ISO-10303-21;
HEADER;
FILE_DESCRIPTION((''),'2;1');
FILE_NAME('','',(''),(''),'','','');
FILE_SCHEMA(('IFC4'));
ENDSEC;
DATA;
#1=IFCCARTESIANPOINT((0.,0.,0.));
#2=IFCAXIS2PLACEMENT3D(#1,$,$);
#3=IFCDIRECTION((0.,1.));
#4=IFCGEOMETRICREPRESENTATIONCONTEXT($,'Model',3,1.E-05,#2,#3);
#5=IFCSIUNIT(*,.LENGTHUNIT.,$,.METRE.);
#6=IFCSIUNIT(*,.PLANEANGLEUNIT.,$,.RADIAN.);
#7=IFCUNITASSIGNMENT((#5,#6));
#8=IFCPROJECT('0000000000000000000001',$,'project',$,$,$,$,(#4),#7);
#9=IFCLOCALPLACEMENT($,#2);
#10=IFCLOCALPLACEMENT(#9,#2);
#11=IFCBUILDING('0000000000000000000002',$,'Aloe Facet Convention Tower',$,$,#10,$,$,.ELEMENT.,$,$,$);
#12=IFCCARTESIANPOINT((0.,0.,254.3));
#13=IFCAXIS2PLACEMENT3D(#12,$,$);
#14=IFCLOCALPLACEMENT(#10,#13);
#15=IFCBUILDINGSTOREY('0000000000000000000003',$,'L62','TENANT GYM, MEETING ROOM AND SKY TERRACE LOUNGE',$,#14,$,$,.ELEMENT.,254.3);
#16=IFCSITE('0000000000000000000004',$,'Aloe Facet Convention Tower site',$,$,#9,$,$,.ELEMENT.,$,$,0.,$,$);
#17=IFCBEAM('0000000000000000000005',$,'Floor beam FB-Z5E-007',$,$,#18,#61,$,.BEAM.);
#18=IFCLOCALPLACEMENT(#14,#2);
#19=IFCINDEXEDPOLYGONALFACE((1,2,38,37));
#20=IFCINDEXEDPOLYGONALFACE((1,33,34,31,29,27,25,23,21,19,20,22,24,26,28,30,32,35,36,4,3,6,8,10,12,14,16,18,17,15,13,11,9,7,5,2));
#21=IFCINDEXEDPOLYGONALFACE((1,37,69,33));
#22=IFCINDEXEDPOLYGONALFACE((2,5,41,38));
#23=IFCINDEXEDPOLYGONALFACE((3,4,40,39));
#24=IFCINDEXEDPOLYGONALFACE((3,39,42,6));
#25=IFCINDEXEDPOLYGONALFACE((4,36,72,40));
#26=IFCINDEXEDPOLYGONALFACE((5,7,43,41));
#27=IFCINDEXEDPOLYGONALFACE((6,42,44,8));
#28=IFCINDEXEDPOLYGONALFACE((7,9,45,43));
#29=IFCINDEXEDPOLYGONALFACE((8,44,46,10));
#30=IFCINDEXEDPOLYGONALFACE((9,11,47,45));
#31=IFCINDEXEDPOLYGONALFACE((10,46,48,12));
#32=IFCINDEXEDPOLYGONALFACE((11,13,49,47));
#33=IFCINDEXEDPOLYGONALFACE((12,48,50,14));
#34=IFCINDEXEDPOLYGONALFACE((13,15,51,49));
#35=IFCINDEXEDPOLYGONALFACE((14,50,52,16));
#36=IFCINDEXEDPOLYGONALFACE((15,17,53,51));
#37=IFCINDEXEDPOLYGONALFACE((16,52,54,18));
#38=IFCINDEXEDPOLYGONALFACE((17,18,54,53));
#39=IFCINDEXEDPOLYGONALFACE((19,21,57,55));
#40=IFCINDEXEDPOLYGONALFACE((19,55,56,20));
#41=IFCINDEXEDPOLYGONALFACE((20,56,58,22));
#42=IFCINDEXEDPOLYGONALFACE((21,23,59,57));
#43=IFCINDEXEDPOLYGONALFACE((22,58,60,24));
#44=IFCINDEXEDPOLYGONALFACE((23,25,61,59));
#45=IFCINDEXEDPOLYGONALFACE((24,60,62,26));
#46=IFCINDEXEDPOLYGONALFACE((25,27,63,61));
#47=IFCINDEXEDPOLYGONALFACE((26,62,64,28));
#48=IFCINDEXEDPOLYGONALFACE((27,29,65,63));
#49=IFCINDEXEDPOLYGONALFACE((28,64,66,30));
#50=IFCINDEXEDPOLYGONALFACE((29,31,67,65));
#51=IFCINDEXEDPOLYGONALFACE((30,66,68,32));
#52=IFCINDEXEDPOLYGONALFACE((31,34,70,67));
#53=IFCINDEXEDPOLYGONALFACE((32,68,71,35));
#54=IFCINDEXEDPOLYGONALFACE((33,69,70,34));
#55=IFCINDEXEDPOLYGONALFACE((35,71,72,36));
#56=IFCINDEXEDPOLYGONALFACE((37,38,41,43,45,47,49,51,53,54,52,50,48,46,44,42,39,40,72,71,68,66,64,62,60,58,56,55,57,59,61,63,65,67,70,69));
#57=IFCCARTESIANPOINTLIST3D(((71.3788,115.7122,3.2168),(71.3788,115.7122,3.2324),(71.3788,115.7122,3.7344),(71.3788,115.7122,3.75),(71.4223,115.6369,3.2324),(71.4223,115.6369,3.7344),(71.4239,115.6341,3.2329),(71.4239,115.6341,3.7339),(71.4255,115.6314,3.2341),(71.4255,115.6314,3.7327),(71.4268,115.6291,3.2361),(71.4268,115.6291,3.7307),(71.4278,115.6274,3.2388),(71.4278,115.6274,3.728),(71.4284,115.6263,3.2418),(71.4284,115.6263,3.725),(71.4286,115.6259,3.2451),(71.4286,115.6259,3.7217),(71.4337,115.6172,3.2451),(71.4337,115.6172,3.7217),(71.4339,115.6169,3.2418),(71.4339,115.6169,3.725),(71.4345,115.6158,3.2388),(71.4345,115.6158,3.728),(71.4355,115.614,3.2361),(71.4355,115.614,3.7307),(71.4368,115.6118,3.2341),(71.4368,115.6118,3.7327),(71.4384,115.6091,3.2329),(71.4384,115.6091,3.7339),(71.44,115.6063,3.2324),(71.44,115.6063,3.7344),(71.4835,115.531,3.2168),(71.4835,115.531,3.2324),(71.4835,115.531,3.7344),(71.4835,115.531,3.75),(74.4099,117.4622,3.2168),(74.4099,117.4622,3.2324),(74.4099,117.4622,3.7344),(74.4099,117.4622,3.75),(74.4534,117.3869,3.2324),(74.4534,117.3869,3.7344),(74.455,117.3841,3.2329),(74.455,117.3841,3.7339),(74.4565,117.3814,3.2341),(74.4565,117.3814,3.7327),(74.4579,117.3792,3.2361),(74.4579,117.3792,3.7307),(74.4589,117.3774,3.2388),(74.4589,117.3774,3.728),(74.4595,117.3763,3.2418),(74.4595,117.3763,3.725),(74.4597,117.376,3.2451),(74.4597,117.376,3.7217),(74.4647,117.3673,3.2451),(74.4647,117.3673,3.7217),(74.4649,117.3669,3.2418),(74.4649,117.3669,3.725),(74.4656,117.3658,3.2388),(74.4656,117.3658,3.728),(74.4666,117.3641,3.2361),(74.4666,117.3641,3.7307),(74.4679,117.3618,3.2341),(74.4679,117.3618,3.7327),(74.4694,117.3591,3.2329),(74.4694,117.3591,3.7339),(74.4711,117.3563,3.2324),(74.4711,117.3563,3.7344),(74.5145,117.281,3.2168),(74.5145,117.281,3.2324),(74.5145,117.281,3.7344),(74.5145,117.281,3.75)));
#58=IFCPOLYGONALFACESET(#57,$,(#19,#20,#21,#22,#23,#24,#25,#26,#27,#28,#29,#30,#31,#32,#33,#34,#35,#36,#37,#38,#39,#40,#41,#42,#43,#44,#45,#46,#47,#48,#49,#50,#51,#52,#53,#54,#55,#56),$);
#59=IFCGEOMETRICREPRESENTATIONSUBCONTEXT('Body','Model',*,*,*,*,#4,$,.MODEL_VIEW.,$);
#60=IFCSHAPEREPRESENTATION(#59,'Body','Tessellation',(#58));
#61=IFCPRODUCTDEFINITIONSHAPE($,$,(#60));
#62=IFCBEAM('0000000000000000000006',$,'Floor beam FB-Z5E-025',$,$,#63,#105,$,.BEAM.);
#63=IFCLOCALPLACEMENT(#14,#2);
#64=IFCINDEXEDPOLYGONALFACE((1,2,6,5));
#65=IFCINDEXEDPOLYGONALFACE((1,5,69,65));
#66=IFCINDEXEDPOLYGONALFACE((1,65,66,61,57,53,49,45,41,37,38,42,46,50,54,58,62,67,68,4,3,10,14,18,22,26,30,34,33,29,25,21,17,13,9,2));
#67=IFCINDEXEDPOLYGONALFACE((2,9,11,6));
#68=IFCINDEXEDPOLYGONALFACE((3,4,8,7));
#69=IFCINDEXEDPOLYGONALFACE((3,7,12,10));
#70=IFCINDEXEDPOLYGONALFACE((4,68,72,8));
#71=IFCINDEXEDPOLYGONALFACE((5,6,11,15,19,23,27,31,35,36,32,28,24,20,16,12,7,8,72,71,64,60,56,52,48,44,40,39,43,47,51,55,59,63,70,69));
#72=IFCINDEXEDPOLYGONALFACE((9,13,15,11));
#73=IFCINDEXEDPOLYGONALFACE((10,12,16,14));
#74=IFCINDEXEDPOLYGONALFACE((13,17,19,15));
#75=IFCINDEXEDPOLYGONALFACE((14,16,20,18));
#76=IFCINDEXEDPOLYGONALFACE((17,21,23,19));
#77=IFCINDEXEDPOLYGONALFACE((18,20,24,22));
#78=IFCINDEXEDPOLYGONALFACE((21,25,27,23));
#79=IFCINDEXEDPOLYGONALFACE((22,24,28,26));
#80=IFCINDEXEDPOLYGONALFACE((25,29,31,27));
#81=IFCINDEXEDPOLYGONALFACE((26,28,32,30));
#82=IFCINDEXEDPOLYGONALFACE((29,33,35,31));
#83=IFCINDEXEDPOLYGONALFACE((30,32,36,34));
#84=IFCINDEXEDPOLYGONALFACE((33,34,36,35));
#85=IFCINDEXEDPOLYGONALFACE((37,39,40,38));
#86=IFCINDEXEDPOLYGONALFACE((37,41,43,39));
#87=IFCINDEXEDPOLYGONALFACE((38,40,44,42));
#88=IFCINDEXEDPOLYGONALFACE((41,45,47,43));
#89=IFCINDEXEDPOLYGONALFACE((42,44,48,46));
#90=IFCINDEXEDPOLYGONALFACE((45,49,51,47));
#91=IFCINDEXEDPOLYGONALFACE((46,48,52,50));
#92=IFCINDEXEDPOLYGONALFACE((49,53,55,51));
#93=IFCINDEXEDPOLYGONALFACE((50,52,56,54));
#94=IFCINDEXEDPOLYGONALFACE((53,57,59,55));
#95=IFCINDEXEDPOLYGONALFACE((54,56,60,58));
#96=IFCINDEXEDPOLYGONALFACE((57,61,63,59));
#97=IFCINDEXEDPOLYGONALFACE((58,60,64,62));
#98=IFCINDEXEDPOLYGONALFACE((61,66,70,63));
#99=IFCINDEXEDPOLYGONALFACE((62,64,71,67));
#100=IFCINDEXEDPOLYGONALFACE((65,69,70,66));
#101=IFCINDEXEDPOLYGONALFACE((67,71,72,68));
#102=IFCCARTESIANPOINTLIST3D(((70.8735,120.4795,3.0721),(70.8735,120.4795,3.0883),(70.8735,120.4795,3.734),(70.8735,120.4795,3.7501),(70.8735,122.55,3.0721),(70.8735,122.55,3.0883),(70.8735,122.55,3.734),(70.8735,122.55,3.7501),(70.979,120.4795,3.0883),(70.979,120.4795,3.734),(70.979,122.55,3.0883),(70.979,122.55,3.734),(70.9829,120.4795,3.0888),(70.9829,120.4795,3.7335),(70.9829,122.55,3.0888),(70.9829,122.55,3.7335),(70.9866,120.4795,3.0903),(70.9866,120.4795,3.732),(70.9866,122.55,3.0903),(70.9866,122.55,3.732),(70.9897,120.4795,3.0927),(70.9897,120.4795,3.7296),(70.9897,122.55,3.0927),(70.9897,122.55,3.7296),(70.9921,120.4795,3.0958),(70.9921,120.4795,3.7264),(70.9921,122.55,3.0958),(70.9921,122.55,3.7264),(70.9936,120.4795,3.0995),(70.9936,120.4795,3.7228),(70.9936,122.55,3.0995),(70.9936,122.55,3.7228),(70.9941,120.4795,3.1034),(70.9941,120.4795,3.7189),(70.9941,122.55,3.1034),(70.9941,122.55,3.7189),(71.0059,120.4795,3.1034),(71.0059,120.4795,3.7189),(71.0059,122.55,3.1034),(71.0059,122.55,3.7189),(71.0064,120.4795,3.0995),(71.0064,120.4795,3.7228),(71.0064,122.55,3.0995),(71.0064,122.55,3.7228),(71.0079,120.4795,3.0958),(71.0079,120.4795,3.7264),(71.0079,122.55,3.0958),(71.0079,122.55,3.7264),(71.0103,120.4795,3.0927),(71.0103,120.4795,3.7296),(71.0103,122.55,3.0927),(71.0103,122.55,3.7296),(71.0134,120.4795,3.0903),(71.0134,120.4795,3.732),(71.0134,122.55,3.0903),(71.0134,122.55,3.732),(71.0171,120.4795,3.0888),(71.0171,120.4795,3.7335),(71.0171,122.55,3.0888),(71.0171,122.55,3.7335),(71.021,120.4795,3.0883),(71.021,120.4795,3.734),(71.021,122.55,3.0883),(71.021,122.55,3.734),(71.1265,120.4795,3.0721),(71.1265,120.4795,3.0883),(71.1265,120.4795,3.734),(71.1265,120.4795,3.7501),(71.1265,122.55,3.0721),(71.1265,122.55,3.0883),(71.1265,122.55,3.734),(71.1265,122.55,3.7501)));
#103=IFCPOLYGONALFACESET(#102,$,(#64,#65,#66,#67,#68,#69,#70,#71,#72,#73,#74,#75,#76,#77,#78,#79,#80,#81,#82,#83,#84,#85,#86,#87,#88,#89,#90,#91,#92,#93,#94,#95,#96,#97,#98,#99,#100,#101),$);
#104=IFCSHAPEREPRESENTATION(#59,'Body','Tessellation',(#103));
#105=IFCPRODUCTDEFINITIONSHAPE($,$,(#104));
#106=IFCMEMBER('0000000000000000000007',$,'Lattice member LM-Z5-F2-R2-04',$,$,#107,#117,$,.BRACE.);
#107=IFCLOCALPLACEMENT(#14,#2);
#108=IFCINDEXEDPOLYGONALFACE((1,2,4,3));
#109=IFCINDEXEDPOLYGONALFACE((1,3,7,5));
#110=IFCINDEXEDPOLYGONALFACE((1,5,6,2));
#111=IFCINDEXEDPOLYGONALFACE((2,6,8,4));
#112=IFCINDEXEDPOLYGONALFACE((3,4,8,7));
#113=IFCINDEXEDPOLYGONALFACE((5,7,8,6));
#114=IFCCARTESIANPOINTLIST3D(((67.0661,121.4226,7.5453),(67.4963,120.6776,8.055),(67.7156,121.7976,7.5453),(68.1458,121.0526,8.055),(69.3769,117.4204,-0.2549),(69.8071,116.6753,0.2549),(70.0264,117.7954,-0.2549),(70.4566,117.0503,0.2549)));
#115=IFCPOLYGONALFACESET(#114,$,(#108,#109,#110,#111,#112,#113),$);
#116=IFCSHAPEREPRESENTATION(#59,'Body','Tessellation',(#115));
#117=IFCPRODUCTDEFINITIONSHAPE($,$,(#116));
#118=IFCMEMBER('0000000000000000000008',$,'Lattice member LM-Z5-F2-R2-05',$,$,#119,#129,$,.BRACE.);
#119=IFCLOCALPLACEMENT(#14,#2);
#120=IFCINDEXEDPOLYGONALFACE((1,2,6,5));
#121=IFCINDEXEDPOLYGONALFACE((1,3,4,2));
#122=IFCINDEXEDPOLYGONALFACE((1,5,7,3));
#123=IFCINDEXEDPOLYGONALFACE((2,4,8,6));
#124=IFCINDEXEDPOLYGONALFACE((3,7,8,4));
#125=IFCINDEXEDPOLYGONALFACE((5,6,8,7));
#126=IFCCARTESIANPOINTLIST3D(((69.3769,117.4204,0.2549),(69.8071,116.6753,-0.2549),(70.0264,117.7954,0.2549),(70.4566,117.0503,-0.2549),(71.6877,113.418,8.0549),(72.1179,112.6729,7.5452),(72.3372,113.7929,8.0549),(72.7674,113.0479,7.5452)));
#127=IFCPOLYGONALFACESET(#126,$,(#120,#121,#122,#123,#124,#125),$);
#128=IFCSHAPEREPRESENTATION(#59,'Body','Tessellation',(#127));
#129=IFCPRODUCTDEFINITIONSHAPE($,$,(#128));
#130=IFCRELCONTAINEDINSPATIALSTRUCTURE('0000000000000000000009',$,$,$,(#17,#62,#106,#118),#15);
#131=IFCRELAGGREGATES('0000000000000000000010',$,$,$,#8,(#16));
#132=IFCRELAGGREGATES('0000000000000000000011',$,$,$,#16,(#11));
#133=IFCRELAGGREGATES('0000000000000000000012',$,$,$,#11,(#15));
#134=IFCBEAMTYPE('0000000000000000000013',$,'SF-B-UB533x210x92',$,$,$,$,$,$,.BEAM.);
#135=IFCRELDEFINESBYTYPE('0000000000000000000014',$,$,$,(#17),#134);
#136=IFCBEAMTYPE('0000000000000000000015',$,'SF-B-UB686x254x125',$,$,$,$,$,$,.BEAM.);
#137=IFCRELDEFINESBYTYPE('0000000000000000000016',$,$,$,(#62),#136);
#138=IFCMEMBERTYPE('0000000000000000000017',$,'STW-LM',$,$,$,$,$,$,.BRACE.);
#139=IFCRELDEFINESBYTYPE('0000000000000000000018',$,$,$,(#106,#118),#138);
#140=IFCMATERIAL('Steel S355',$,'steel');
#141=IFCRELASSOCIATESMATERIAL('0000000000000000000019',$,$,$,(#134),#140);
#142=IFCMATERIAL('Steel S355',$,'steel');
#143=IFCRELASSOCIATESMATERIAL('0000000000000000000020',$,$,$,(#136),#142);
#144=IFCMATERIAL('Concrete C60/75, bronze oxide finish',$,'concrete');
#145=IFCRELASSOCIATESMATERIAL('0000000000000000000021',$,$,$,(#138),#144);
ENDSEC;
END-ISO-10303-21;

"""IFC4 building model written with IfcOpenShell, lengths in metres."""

from ifc_helpers import new_model, si_unit, direction, frame, origin, origin_2d, place, context, subcontext, project, spatial, rectangle, i_section, extrude, material, material_profile, profile_set, type_object, element, save


model = new_model("IFC4")

# Units and contexts
model_context = context("Model", 3, precision=1e-05, world=origin(), true_north=direction((0.0, 1.0)))
body_context = subcontext(model_context, "Body", "Model", "MODEL_VIEW")
ifc_project = project(units=[si_unit("LENGTHUNIT", "METRE"), si_unit("PLANEANGLEUNIT", "RADIAN")], contexts=[model_context])

# Site, building, storey
site_placement = place(None, origin())
site = spatial("IfcSite", under=ifc_project, at=site_placement, Name="Aloe Facet Convention Tower site", CompositionType="ELEMENT", RefElevation=0.0)
building_placement = place(site_placement, origin())
building = spatial("IfcBuilding", under=site, at=building_placement, Name="Aloe Facet Convention Tower", CompositionType="ELEMENT")
storey_placement = place(building_placement, frame((0.0, 0.0, 254.3)))
storey = spatial("IfcBuildingStorey", under=building, at=storey_placement, Name="L62", Description="TENANT GYM, MEETING ROOM AND SKY TERRACE LOUNGE", CompositionType="ELEMENT", Elevation=254.3)

# Beams
ifc_material_1 = material(Name="Steel S355", Category="steel")
ifc_material_profile_1 = material_profile(ifc_material_1, i_section(OverallWidth=0.2092, OverallDepth=0.5332, WebThickness=0.01, FlangeThickness=0.0156, FilletRadius=0.0127, at=origin_2d()), Name="UB 533x210x92")
ifc_profile_set_1 = profile_set([ifc_material_profile_1], Name="Steel S355")
beam_type_1 = type_object("IfcBeamType", Name="SF-B-UB533x210x92", PredefinedType="BEAM", material=ifc_profile_set_1)
beam_1_placement = place(storey_placement, frame((71.4312, 115.6216, 3.4834), z_axis=(0.866019, 0.50001, 0.0), x_axis=(-0.50001, 0.866019, 0.0)))
element("IfcBeam", 1, at=beam_1_placement, inside=storey, type_object=beam_type_1, Name="Floor beam FB-Z5E-007", PredefinedType="BEAM", context=body_context, shape_type="SweptSolid", body=[
    extrude(i_section(OverallWidth=0.2092, OverallDepth=0.5332, WebThickness=0.01, FlangeThickness=0.0156, FilletRadius=0.0127, at=origin_2d()), origin(), (0.0, 0.0, 1.0), 3.5),
])
ifc_material_2 = material(Name="Steel S355", Category="steel")
ifc_material_profile_2 = material_profile(ifc_material_2, i_section(OverallWidth=0.2529, OverallDepth=0.678, WebThickness=0.0117, FlangeThickness=0.0161, FilletRadius=0.0151, at=origin_2d()), Name="UB 686x254x125")
ifc_profile_set_2 = profile_set([ifc_material_profile_2], Name="Steel S355")
beam_type_2 = type_object("IfcBeamType", Name="SF-B-UB686x254x125", PredefinedType="BEAM", material=ifc_profile_set_2)
beam_2_placement = place(storey_placement, frame((71.0, 122.55, 3.4111), z_axis=(0.0, -1.0, 0.0), x_axis=(1.0, 0.0, 0.0)))
element("IfcBeam", 2, at=beam_2_placement, inside=storey, type_object=beam_type_2, Name="Floor beam FB-Z5E-025", PredefinedType="BEAM", context=body_context, shape_type="SweptSolid", body=[
    extrude(i_section(OverallWidth=0.2529, OverallDepth=0.678, WebThickness=0.0117, FlangeThickness=0.0161, FilletRadius=0.0151, at=origin_2d()), origin(), (0.0, 0.0, 1.0), 2.0706),
])

# Members
ifc_material_3 = material(Name="Concrete C60/75, bronze oxide finish", Category="concrete")
ifc_material_profile_3 = material_profile(ifc_material_3, rectangle(XDim=0.75, YDim=1.0, at=origin_2d()), Name="STW-LM")
ifc_profile_set_3 = profile_set([ifc_material_profile_3], Name="Concrete C60/75, bronze oxide finish")
member_type = type_object("IfcMemberType", Name="STW-LM", PredefinedType="BRACE", material=ifc_profile_set_3)
for number, where, z_axis, x_axis, name in (
    (3, (69.9167, 117.2354, 0.0), (-0.254876, 0.441436, 0.860333), (-0.866014, -0.50002, 0.0), "Lattice member LM-Z5-F2-R2-04"),
    (4, (69.9167, 117.2354, 0.0), (0.254873, -0.441458, 0.860322), (0.866027, 0.499997, 0.0), "Lattice member LM-Z5-F2-R2-05"),
):
    element("IfcMember", number, at=place(storey_placement, frame(where, z_axis=z_axis, x_axis=x_axis)), inside=storey, type_object=member_type, Name=name, PredefinedType="BRACE", context=body_context, shape_type="SweptSolid", body=[
        extrude(rectangle(XDim=0.75, YDim=1.0, at=origin_2d()), origin(), (0.0, 0.0, 1.0), 9.0664),
    ])

save(model, "model.ifc")
